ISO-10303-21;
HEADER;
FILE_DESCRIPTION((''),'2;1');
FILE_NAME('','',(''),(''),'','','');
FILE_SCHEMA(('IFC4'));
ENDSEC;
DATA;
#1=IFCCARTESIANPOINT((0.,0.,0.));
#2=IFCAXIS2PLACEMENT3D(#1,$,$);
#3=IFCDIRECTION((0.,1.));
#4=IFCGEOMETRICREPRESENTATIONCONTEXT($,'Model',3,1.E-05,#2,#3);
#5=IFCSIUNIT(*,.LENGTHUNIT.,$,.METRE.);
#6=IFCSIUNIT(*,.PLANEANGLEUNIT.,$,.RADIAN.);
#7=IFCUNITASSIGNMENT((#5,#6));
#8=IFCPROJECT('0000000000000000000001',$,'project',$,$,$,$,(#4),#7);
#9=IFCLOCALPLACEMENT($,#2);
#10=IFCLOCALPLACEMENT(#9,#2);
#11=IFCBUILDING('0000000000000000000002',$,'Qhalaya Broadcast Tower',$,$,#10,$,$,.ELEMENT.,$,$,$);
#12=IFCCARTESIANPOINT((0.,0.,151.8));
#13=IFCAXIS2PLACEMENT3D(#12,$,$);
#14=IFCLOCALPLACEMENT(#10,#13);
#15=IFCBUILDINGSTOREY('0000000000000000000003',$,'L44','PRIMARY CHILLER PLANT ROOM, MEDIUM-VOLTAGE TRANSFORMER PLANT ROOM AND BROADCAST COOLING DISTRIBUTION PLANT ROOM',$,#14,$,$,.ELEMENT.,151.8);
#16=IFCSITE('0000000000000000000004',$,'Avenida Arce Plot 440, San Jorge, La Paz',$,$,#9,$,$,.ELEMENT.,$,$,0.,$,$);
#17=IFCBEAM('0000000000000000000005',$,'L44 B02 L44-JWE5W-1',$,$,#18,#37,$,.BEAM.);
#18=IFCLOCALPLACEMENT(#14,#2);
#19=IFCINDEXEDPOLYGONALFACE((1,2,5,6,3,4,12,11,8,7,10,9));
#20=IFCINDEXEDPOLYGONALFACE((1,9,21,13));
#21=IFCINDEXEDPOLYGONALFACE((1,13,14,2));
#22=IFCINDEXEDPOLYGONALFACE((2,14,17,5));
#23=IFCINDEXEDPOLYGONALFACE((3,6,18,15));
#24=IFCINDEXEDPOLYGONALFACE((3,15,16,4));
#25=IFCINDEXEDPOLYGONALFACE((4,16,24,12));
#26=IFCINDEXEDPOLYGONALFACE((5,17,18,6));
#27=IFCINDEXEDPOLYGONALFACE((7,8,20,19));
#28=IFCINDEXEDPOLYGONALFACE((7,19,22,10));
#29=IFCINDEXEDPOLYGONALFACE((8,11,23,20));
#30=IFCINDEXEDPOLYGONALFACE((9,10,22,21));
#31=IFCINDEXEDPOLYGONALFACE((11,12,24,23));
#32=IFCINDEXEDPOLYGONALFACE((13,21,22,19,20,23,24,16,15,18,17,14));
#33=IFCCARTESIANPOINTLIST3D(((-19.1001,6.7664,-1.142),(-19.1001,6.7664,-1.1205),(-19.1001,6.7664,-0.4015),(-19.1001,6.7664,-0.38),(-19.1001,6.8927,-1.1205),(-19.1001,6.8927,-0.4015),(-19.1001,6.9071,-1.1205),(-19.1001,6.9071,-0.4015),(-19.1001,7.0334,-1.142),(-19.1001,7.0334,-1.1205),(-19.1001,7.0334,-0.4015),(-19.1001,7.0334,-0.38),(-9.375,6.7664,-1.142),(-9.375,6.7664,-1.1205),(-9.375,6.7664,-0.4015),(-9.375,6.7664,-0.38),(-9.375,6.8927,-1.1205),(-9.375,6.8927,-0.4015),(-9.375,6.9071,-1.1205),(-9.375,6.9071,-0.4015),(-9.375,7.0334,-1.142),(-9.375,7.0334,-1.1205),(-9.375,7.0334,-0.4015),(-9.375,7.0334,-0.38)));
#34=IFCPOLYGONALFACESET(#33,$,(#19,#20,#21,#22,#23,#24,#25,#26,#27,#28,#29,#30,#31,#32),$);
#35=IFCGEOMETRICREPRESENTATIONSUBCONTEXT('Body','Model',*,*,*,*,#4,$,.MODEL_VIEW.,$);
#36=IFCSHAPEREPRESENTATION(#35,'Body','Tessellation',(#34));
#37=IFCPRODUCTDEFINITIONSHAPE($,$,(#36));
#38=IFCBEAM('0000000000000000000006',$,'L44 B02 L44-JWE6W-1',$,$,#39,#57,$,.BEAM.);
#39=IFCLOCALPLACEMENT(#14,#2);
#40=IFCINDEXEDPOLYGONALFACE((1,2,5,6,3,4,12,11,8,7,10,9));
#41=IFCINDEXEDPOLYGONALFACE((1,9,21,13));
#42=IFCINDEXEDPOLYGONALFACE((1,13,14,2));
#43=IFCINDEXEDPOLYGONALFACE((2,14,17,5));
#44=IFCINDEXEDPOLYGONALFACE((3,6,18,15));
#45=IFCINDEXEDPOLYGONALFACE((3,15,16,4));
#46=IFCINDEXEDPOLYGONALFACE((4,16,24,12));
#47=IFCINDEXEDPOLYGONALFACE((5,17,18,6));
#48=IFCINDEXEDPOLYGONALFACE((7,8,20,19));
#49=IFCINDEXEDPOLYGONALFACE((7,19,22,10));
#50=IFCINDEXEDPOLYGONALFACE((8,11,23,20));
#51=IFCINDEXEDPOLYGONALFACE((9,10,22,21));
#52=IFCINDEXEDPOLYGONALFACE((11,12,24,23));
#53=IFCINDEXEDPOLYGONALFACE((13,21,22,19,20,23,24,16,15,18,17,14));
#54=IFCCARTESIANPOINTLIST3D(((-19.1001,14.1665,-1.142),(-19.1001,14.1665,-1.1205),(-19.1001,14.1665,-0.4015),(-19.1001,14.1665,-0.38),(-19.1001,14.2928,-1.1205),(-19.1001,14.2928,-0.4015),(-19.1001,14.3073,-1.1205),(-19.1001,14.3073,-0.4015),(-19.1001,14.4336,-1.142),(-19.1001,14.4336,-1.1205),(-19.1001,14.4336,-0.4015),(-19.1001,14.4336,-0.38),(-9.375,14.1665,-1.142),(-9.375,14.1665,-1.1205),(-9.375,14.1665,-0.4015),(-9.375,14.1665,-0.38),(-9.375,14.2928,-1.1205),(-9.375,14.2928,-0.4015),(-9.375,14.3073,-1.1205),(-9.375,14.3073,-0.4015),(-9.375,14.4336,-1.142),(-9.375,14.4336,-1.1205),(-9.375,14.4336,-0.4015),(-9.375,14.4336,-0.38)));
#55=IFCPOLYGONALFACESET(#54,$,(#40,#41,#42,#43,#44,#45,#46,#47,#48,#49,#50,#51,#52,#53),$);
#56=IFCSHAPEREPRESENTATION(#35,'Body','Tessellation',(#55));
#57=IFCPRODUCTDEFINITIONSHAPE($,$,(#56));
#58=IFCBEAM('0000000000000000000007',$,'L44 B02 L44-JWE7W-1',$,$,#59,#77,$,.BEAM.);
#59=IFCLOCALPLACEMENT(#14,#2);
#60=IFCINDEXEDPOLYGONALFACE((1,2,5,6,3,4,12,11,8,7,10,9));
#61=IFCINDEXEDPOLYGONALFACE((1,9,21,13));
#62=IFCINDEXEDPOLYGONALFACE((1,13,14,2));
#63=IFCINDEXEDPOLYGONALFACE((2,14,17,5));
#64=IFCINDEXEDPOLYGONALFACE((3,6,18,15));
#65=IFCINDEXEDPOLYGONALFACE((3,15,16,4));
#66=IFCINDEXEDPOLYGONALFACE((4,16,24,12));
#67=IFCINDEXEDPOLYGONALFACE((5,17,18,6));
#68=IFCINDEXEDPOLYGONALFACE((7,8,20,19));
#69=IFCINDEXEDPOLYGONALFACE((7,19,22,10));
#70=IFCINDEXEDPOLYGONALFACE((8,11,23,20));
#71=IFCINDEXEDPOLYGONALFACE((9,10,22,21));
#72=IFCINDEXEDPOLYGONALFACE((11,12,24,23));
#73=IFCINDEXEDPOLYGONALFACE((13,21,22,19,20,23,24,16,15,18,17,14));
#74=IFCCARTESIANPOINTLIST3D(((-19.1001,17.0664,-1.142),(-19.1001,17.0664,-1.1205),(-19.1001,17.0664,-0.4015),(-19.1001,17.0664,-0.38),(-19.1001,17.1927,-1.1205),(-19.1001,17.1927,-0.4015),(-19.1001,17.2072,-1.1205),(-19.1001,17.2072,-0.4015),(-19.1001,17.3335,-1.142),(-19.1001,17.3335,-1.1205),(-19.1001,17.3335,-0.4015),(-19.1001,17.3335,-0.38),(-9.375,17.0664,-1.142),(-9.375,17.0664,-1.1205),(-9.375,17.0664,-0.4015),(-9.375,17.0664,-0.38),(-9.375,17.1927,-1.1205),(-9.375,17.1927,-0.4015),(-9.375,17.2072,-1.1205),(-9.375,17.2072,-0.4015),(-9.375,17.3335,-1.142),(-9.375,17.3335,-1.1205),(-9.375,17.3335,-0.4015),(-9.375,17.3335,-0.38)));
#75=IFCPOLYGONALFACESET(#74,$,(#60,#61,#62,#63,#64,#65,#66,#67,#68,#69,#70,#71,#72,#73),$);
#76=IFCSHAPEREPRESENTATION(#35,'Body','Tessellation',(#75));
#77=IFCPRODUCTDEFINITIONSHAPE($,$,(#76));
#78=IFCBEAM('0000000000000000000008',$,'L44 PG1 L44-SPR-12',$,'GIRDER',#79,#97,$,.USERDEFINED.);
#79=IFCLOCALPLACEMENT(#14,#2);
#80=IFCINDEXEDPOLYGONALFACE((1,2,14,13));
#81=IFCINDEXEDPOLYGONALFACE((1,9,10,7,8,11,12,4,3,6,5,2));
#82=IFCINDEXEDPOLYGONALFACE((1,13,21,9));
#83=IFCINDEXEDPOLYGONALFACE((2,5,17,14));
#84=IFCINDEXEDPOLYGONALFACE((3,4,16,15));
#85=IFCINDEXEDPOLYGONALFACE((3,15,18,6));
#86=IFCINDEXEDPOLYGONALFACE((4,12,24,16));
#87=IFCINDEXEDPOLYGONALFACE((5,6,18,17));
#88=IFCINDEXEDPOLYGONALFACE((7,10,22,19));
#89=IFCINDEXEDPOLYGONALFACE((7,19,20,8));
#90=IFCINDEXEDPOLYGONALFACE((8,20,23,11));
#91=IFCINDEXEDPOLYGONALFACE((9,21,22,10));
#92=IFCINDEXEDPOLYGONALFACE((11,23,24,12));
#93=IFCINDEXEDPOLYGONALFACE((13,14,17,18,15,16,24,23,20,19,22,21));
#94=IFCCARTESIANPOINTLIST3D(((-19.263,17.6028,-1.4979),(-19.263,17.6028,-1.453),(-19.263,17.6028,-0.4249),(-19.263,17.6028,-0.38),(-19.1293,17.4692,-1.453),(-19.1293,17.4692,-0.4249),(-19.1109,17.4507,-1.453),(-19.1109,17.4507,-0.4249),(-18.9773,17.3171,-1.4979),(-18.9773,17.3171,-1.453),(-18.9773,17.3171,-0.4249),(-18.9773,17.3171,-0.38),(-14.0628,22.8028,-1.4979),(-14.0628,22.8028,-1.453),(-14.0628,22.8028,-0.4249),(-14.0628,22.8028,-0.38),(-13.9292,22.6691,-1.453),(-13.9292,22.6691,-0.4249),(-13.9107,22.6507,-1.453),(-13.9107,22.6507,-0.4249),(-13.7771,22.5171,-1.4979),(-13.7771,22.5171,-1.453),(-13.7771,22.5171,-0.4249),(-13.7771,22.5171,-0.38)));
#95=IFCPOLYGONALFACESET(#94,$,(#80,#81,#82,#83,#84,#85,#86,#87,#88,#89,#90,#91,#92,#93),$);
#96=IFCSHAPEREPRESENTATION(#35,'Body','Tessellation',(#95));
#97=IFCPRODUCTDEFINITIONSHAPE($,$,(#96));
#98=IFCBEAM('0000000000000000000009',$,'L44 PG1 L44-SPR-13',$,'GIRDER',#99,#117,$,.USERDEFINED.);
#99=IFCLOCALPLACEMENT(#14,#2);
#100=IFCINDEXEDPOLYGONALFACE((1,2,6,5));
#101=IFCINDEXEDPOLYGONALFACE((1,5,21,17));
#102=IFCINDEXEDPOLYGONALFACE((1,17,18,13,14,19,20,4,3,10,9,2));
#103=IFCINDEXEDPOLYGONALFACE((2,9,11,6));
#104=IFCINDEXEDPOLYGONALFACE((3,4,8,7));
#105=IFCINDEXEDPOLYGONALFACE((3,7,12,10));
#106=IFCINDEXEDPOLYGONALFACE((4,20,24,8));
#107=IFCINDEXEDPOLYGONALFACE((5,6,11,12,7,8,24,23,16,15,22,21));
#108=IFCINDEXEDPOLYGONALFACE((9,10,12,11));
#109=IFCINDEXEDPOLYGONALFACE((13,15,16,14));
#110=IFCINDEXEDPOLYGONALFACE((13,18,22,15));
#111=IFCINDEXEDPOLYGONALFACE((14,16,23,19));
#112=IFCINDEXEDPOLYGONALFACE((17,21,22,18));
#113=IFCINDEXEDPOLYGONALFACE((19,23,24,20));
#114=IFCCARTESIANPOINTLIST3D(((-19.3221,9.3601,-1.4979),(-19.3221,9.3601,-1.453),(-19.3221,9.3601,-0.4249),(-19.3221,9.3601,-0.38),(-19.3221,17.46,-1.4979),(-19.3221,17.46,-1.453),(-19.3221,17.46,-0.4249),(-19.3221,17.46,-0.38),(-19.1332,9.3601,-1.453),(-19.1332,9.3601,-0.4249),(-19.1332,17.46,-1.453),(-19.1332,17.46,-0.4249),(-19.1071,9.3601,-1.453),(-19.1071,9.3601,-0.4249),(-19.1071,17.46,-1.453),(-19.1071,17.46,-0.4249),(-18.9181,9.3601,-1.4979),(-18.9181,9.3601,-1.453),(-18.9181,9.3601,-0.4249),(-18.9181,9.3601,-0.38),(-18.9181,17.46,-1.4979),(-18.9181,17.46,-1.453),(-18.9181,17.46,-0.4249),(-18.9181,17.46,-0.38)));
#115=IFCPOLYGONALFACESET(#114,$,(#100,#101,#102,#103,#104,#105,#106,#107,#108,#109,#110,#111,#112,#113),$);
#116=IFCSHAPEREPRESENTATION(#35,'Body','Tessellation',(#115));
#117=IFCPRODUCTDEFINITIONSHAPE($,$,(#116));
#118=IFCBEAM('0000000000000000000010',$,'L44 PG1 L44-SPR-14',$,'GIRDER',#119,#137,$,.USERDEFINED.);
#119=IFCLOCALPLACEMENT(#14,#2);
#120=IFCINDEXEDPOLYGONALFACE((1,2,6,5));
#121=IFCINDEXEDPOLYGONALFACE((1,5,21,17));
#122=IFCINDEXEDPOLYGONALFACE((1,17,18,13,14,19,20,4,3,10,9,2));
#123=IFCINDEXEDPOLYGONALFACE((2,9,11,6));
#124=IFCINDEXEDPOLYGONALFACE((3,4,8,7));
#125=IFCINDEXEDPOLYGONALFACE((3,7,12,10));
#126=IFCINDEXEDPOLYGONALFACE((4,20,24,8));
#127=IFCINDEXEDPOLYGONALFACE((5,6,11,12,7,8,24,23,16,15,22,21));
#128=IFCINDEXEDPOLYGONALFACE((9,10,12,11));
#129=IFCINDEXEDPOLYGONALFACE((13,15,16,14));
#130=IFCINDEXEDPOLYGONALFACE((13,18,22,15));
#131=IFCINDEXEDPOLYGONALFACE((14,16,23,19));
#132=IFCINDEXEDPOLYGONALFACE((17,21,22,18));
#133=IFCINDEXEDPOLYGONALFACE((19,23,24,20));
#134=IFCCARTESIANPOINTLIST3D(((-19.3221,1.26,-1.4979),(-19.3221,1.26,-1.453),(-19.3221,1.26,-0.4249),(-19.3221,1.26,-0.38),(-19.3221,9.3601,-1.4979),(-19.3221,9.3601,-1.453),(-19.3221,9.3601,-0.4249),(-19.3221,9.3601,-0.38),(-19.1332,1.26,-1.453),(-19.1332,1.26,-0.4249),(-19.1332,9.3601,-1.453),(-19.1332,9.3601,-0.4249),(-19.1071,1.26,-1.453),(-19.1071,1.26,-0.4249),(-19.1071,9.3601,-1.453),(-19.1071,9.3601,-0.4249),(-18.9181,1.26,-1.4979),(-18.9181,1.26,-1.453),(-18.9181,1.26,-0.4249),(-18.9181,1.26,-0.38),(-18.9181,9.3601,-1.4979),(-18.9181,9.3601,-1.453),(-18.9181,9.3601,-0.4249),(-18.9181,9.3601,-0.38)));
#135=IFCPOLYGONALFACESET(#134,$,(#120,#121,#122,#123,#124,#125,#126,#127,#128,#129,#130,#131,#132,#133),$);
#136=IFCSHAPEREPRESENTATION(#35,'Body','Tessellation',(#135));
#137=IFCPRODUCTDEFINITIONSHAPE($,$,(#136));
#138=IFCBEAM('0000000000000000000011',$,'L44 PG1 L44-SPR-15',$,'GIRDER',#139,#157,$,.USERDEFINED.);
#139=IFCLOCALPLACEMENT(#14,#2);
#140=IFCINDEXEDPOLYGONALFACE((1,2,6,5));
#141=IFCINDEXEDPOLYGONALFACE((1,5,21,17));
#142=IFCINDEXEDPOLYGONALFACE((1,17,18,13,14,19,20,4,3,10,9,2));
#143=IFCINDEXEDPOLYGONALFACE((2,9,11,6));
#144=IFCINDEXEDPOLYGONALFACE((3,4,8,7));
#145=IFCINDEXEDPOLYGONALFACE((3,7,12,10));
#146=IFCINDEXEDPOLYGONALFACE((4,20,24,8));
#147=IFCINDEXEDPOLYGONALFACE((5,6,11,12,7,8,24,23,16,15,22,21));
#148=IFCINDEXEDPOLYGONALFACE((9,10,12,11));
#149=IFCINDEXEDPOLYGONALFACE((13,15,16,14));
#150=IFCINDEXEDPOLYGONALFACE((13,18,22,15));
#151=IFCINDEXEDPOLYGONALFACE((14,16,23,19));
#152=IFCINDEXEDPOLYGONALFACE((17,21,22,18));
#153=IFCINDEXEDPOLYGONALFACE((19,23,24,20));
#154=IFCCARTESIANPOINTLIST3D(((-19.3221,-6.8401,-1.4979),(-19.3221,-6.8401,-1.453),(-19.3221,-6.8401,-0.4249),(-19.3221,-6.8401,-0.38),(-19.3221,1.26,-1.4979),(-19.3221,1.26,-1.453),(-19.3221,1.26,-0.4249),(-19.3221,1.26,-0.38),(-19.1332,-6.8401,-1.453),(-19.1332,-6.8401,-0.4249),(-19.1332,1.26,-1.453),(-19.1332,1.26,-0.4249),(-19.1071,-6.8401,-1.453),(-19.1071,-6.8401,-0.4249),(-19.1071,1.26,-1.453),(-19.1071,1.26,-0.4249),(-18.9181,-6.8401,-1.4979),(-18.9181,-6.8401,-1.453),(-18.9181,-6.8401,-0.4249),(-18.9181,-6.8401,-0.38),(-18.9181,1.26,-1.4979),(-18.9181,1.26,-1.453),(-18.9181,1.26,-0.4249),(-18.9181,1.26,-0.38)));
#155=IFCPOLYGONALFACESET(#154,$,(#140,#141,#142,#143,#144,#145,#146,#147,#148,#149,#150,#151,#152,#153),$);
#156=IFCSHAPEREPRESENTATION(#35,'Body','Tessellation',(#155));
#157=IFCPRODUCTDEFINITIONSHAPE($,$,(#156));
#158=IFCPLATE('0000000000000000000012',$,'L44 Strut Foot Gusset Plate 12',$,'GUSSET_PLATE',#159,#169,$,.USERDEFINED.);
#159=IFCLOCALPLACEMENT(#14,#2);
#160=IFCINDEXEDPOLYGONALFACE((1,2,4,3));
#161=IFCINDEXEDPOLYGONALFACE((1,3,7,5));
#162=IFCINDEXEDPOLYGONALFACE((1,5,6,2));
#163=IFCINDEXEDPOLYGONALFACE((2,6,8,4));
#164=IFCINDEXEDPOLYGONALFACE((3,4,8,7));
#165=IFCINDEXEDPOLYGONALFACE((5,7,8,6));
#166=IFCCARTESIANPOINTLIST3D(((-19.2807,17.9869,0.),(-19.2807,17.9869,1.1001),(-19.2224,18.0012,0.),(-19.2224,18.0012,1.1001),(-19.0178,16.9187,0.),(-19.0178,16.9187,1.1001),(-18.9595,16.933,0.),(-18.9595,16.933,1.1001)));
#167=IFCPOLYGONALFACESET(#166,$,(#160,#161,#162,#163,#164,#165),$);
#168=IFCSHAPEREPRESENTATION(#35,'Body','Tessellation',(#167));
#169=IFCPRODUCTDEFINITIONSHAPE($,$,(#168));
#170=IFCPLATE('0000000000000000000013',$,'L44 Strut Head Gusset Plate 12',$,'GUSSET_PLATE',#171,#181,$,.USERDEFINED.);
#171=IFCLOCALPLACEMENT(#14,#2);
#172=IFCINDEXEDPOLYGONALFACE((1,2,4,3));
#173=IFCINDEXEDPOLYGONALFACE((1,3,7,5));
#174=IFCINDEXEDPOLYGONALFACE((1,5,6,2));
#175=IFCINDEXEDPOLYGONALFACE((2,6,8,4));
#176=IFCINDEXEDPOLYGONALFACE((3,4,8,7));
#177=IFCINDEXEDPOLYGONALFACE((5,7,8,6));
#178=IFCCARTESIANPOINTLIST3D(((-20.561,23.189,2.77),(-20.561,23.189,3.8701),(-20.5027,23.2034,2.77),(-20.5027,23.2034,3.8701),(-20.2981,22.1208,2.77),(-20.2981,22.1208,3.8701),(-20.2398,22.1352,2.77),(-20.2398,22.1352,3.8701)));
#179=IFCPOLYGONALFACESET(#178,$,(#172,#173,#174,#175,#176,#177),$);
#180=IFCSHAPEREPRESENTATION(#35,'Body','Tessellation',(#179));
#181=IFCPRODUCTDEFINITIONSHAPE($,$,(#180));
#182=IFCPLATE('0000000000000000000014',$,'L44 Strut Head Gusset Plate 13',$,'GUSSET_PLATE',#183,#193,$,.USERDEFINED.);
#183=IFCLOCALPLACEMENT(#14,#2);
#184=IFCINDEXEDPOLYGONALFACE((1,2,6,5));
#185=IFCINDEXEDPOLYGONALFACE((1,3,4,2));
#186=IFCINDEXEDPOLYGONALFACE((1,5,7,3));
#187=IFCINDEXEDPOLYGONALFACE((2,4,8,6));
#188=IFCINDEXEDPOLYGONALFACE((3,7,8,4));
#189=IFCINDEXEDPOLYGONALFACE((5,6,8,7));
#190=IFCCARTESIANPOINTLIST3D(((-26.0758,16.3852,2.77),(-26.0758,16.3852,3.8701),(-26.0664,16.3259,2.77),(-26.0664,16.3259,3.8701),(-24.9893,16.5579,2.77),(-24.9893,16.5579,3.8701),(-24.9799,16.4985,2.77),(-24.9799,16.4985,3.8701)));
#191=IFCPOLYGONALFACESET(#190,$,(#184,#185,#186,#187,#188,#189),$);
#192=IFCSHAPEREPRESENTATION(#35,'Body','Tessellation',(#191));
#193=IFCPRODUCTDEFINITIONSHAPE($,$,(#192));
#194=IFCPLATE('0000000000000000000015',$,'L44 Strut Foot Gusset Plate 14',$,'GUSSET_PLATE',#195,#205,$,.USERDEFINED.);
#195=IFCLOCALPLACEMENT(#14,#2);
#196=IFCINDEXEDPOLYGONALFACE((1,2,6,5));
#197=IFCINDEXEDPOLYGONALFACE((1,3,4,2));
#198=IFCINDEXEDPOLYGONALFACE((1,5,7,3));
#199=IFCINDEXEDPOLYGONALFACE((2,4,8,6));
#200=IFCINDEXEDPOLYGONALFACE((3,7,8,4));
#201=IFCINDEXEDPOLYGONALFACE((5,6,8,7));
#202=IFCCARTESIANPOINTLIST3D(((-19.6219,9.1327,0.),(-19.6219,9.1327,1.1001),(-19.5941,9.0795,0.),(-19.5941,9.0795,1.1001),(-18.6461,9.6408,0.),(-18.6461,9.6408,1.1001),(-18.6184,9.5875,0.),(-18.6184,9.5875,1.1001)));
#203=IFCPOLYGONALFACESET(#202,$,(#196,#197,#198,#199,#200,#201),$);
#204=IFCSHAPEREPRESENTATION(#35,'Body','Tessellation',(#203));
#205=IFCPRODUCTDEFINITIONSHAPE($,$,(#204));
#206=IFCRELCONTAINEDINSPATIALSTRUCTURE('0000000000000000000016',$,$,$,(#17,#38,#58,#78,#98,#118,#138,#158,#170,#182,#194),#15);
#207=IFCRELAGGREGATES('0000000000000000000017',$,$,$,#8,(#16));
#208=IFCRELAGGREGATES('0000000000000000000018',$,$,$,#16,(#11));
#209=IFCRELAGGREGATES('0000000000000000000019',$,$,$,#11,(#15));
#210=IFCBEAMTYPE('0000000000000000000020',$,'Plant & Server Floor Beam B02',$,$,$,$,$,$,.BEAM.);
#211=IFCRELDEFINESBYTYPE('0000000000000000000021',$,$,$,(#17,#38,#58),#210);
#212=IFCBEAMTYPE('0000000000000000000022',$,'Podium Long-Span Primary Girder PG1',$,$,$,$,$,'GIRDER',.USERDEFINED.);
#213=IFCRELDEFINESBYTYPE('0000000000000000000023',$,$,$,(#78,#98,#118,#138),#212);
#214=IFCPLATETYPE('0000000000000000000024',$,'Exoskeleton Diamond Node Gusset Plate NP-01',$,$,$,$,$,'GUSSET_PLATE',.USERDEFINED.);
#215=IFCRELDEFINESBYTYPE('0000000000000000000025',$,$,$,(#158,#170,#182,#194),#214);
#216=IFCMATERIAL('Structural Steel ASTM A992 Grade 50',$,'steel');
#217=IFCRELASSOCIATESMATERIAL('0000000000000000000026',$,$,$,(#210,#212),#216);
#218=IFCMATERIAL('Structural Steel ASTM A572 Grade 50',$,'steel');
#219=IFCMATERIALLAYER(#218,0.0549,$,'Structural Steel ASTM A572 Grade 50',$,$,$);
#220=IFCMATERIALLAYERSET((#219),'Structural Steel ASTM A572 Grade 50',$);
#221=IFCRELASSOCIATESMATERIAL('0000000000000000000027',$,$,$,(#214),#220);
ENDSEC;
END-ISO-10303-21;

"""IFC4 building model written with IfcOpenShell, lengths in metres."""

from ifc_helpers import new_model, si_unit, direction, frame, origin, origin_2d, place, context, subcontext, project, spatial, rectangle, i_section, extrude, material, layer, layer_set, material_profile, profile_set, type_object, element, save


model = new_model("IFC4")

# Units and contexts
model_context = context("Model", 3, precision=1e-05, world=origin(), true_north=direction((0.0, 1.0)))
body_context = subcontext(model_context, "Body", "Model", "MODEL_VIEW")
ifc_project = project(units=[si_unit("LENGTHUNIT", "METRE"), si_unit("PLANEANGLEUNIT", "RADIAN")], contexts=[model_context])

# Site, building, storey
site_placement = place(None, origin())
site = spatial("IfcSite", under=ifc_project, at=site_placement, Name="Avenida Arce Plot 440, San Jorge, La Paz", CompositionType="ELEMENT", RefElevation=0.0)
building_placement = place(site_placement, origin())
building = spatial("IfcBuilding", under=site, at=building_placement, Name="Qhalaya Broadcast Tower", CompositionType="ELEMENT")
storey_placement = place(building_placement, frame((0.0, 0.0, 151.8)))
storey = spatial("IfcBuildingStorey", under=building, at=storey_placement, Name="L44", Description="PRIMARY CHILLER PLANT ROOM, MEDIUM-VOLTAGE TRANSFORMER PLANT ROOM AND BROADCAST COOLING DISTRIBUTION PLANT ROOM", CompositionType="ELEMENT", Elevation=151.8)

# Shared definitions
ifc_material_1 = material(Name="Structural Steel ASTM A572 Grade 50", Category="steel")

# Beams
ifc_material_2 = material(Name="Structural Steel ASTM A992 Grade 50", Category="steel")
ifc_material_profile_1 = material_profile(ifc_material_2, i_section(OverallWidth=0.2671, OverallDepth=0.762, WebThickness=0.0144, FlangeThickness=0.0215, at=origin_2d()), Name="W30X116")
ifc_profile_set_1 = profile_set([ifc_material_profile_1], Name="Structural Steel ASTM A992 Grade 50")
beam_type_1 = type_object("IfcBeamType", Name="Plant & Server Floor Beam B02", PredefinedType="BEAM", material=ifc_profile_set_1)
for number, where, z_axis, x_axis, name in (
    (1, (-19.1001, 6.8999, -0.761), (1.0, 0.0, 0.0), (0.0, 1.0, 0.0), "L44 B02 L44-JWE5W-1"),
    (2, (-19.1001, 14.3, -0.761), (1.0, 0.0, 0.0), (0.0, 1.0, 0.0), "L44 B02 L44-JWE6W-1"),
    (3, (-19.1001, 17.2, -0.761), (1.0, 0.0, 0.0), (0.0, 1.0, 0.0), "L44 B02 L44-JWE7W-1"),
):
    element("IfcBeam", number, at=place(storey_placement, frame(where, z_axis=z_axis, x_axis=x_axis)), inside=storey, type_object=beam_type_1, Name=name, PredefinedType="BEAM", context=body_context, shape_type="SweptSolid", body=[
        extrude(i_section(OverallWidth=0.2671, OverallDepth=0.762, WebThickness=0.0144, FlangeThickness=0.0215, at=origin_2d()), origin(), (0.0, 0.0, 1.0), 9.7251),
    ])
ifc_material_profile_2 = material_profile(ifc_material_2, i_section(OverallWidth=0.4041, OverallDepth=1.1179, WebThickness=0.0261, FlangeThickness=0.0449, at=origin_2d()), Name="W44X335")
ifc_profile_set_2 = profile_set([ifc_material_profile_2], Name="Structural Steel ASTM A992 Grade 50")
beam_type_2 = type_object("IfcBeamType", Name="Podium Long-Span Primary Girder PG1", ElementType="GIRDER", PredefinedType="USERDEFINED", material=ifc_profile_set_2)
beam_1_placement = place(storey_placement, frame((-13.9199, 22.6599, -0.939), z_axis=(-0.707123, -0.70709, 0.0), x_axis=(0.70709, -0.707123, 0.0)))
element("IfcBeam", 4, at=beam_1_placement, inside=storey, type_object=beam_type_2, Name="L44 PG1 L44-SPR-12", ObjectType="GIRDER", PredefinedType="USERDEFINED", context=body_context, shape_type="SweptSolid", body=[
    extrude(i_section(OverallWidth=0.4041, OverallDepth=1.1179, WebThickness=0.0261, FlangeThickness=0.0449, at=origin_2d()), origin(), (0.0, 0.0, 1.0), 7.354),
])
beam_2_placement = place(storey_placement, frame((-19.1201, 17.46, -0.939), z_axis=(0.0, -1.0, 0.0), x_axis=(1.0, 0.0, 0.0)))
element("IfcBeam", 5, at=beam_2_placement, inside=storey, type_object=beam_type_2, Name="L44 PG1 L44-SPR-13", ObjectType="GIRDER", PredefinedType="USERDEFINED", context=body_context, shape_type="SweptSolid", body=[
    extrude(i_section(OverallWidth=0.4041, OverallDepth=1.1179, WebThickness=0.0261, FlangeThickness=0.0449, at=origin_2d()), origin(), (0.0, 0.0, 1.0), 8.0999),
])
for number, where, z_axis, x_axis, name in (
    (6, (-19.1201, 9.3601, -0.939), (0.0, -1.0, 0.0), (1.0, 0.0, 0.0), "L44 PG1 L44-SPR-14"),
    (7, (-19.1201, 1.26, -0.939), (0.0, -1.0, 0.0), (1.0, 0.0, 0.0), "L44 PG1 L44-SPR-15"),
):
    element("IfcBeam", number, at=place(storey_placement, frame(where, z_axis=z_axis, x_axis=x_axis)), inside=storey, type_object=beam_type_2, Name=name, ObjectType="GIRDER", PredefinedType="USERDEFINED", context=body_context, shape_type="SweptSolid", body=[
        extrude(i_section(OverallWidth=0.4041, OverallDepth=1.1179, WebThickness=0.0261, FlangeThickness=0.0449, at=origin_2d()), origin(), (0.0, 0.0, 1.0), 8.1001),
    ])

# Plates
ifc_layer_1 = layer(ifc_material_1, 0.0549, Name="Structural Steel ASTM A572 Grade 50")
ifc_layer_set_1 = layer_set([ifc_layer_1], Name="Structural Steel ASTM A572 Grade 50")
plate_type_1 = type_object("IfcPlateType", Name="Exoskeleton Diamond Node Gusset Plate NP-01", ElementType="GUSSET_PLATE", PredefinedType="USERDEFINED", material=ifc_layer_set_1)
for number, where, z_axis, x_axis, name in (
    (8, (-19.1201, 17.46, 0.0), (0.0, 0.0, 1.0), (-0.239008, 0.971018, 0.0), "L44 Strut Foot Gusset Plate 12"),
    (9, (-20.4004, 22.6621, 2.77), (0.0, 0.0, 1.0), (-0.239008, 0.971018, 0.0), "L44 Strut Head Gusset Plate 12"),
    (10, (-25.5278, 16.4419, 2.77), (0.0, 0.0, 1.0), (-0.987615, -0.1569, 0.0), "L44 Strut Head Gusset Plate 13"),
    (11, (-19.1201, 9.3601, 0.0), (0.0, 0.0, 1.0), (-0.886987, -0.461795, 0.0), "L44 Strut Foot Gusset Plate 14"),
):
    element("IfcPlate", number, at=place(storey_placement, frame(where, z_axis=z_axis, x_axis=x_axis)), inside=storey, type_object=plate_type_1, Name=name, ObjectType="GUSSET_PLATE", PredefinedType="USERDEFINED", context=body_context, shape_type="SweptSolid", body=[
        extrude(rectangle(XDim=1.1001, YDim=0.0601, at=origin_2d()), origin(), (0.0, 0.0, 1.0), 1.1001),
    ])

save(model, "model.ifc")
